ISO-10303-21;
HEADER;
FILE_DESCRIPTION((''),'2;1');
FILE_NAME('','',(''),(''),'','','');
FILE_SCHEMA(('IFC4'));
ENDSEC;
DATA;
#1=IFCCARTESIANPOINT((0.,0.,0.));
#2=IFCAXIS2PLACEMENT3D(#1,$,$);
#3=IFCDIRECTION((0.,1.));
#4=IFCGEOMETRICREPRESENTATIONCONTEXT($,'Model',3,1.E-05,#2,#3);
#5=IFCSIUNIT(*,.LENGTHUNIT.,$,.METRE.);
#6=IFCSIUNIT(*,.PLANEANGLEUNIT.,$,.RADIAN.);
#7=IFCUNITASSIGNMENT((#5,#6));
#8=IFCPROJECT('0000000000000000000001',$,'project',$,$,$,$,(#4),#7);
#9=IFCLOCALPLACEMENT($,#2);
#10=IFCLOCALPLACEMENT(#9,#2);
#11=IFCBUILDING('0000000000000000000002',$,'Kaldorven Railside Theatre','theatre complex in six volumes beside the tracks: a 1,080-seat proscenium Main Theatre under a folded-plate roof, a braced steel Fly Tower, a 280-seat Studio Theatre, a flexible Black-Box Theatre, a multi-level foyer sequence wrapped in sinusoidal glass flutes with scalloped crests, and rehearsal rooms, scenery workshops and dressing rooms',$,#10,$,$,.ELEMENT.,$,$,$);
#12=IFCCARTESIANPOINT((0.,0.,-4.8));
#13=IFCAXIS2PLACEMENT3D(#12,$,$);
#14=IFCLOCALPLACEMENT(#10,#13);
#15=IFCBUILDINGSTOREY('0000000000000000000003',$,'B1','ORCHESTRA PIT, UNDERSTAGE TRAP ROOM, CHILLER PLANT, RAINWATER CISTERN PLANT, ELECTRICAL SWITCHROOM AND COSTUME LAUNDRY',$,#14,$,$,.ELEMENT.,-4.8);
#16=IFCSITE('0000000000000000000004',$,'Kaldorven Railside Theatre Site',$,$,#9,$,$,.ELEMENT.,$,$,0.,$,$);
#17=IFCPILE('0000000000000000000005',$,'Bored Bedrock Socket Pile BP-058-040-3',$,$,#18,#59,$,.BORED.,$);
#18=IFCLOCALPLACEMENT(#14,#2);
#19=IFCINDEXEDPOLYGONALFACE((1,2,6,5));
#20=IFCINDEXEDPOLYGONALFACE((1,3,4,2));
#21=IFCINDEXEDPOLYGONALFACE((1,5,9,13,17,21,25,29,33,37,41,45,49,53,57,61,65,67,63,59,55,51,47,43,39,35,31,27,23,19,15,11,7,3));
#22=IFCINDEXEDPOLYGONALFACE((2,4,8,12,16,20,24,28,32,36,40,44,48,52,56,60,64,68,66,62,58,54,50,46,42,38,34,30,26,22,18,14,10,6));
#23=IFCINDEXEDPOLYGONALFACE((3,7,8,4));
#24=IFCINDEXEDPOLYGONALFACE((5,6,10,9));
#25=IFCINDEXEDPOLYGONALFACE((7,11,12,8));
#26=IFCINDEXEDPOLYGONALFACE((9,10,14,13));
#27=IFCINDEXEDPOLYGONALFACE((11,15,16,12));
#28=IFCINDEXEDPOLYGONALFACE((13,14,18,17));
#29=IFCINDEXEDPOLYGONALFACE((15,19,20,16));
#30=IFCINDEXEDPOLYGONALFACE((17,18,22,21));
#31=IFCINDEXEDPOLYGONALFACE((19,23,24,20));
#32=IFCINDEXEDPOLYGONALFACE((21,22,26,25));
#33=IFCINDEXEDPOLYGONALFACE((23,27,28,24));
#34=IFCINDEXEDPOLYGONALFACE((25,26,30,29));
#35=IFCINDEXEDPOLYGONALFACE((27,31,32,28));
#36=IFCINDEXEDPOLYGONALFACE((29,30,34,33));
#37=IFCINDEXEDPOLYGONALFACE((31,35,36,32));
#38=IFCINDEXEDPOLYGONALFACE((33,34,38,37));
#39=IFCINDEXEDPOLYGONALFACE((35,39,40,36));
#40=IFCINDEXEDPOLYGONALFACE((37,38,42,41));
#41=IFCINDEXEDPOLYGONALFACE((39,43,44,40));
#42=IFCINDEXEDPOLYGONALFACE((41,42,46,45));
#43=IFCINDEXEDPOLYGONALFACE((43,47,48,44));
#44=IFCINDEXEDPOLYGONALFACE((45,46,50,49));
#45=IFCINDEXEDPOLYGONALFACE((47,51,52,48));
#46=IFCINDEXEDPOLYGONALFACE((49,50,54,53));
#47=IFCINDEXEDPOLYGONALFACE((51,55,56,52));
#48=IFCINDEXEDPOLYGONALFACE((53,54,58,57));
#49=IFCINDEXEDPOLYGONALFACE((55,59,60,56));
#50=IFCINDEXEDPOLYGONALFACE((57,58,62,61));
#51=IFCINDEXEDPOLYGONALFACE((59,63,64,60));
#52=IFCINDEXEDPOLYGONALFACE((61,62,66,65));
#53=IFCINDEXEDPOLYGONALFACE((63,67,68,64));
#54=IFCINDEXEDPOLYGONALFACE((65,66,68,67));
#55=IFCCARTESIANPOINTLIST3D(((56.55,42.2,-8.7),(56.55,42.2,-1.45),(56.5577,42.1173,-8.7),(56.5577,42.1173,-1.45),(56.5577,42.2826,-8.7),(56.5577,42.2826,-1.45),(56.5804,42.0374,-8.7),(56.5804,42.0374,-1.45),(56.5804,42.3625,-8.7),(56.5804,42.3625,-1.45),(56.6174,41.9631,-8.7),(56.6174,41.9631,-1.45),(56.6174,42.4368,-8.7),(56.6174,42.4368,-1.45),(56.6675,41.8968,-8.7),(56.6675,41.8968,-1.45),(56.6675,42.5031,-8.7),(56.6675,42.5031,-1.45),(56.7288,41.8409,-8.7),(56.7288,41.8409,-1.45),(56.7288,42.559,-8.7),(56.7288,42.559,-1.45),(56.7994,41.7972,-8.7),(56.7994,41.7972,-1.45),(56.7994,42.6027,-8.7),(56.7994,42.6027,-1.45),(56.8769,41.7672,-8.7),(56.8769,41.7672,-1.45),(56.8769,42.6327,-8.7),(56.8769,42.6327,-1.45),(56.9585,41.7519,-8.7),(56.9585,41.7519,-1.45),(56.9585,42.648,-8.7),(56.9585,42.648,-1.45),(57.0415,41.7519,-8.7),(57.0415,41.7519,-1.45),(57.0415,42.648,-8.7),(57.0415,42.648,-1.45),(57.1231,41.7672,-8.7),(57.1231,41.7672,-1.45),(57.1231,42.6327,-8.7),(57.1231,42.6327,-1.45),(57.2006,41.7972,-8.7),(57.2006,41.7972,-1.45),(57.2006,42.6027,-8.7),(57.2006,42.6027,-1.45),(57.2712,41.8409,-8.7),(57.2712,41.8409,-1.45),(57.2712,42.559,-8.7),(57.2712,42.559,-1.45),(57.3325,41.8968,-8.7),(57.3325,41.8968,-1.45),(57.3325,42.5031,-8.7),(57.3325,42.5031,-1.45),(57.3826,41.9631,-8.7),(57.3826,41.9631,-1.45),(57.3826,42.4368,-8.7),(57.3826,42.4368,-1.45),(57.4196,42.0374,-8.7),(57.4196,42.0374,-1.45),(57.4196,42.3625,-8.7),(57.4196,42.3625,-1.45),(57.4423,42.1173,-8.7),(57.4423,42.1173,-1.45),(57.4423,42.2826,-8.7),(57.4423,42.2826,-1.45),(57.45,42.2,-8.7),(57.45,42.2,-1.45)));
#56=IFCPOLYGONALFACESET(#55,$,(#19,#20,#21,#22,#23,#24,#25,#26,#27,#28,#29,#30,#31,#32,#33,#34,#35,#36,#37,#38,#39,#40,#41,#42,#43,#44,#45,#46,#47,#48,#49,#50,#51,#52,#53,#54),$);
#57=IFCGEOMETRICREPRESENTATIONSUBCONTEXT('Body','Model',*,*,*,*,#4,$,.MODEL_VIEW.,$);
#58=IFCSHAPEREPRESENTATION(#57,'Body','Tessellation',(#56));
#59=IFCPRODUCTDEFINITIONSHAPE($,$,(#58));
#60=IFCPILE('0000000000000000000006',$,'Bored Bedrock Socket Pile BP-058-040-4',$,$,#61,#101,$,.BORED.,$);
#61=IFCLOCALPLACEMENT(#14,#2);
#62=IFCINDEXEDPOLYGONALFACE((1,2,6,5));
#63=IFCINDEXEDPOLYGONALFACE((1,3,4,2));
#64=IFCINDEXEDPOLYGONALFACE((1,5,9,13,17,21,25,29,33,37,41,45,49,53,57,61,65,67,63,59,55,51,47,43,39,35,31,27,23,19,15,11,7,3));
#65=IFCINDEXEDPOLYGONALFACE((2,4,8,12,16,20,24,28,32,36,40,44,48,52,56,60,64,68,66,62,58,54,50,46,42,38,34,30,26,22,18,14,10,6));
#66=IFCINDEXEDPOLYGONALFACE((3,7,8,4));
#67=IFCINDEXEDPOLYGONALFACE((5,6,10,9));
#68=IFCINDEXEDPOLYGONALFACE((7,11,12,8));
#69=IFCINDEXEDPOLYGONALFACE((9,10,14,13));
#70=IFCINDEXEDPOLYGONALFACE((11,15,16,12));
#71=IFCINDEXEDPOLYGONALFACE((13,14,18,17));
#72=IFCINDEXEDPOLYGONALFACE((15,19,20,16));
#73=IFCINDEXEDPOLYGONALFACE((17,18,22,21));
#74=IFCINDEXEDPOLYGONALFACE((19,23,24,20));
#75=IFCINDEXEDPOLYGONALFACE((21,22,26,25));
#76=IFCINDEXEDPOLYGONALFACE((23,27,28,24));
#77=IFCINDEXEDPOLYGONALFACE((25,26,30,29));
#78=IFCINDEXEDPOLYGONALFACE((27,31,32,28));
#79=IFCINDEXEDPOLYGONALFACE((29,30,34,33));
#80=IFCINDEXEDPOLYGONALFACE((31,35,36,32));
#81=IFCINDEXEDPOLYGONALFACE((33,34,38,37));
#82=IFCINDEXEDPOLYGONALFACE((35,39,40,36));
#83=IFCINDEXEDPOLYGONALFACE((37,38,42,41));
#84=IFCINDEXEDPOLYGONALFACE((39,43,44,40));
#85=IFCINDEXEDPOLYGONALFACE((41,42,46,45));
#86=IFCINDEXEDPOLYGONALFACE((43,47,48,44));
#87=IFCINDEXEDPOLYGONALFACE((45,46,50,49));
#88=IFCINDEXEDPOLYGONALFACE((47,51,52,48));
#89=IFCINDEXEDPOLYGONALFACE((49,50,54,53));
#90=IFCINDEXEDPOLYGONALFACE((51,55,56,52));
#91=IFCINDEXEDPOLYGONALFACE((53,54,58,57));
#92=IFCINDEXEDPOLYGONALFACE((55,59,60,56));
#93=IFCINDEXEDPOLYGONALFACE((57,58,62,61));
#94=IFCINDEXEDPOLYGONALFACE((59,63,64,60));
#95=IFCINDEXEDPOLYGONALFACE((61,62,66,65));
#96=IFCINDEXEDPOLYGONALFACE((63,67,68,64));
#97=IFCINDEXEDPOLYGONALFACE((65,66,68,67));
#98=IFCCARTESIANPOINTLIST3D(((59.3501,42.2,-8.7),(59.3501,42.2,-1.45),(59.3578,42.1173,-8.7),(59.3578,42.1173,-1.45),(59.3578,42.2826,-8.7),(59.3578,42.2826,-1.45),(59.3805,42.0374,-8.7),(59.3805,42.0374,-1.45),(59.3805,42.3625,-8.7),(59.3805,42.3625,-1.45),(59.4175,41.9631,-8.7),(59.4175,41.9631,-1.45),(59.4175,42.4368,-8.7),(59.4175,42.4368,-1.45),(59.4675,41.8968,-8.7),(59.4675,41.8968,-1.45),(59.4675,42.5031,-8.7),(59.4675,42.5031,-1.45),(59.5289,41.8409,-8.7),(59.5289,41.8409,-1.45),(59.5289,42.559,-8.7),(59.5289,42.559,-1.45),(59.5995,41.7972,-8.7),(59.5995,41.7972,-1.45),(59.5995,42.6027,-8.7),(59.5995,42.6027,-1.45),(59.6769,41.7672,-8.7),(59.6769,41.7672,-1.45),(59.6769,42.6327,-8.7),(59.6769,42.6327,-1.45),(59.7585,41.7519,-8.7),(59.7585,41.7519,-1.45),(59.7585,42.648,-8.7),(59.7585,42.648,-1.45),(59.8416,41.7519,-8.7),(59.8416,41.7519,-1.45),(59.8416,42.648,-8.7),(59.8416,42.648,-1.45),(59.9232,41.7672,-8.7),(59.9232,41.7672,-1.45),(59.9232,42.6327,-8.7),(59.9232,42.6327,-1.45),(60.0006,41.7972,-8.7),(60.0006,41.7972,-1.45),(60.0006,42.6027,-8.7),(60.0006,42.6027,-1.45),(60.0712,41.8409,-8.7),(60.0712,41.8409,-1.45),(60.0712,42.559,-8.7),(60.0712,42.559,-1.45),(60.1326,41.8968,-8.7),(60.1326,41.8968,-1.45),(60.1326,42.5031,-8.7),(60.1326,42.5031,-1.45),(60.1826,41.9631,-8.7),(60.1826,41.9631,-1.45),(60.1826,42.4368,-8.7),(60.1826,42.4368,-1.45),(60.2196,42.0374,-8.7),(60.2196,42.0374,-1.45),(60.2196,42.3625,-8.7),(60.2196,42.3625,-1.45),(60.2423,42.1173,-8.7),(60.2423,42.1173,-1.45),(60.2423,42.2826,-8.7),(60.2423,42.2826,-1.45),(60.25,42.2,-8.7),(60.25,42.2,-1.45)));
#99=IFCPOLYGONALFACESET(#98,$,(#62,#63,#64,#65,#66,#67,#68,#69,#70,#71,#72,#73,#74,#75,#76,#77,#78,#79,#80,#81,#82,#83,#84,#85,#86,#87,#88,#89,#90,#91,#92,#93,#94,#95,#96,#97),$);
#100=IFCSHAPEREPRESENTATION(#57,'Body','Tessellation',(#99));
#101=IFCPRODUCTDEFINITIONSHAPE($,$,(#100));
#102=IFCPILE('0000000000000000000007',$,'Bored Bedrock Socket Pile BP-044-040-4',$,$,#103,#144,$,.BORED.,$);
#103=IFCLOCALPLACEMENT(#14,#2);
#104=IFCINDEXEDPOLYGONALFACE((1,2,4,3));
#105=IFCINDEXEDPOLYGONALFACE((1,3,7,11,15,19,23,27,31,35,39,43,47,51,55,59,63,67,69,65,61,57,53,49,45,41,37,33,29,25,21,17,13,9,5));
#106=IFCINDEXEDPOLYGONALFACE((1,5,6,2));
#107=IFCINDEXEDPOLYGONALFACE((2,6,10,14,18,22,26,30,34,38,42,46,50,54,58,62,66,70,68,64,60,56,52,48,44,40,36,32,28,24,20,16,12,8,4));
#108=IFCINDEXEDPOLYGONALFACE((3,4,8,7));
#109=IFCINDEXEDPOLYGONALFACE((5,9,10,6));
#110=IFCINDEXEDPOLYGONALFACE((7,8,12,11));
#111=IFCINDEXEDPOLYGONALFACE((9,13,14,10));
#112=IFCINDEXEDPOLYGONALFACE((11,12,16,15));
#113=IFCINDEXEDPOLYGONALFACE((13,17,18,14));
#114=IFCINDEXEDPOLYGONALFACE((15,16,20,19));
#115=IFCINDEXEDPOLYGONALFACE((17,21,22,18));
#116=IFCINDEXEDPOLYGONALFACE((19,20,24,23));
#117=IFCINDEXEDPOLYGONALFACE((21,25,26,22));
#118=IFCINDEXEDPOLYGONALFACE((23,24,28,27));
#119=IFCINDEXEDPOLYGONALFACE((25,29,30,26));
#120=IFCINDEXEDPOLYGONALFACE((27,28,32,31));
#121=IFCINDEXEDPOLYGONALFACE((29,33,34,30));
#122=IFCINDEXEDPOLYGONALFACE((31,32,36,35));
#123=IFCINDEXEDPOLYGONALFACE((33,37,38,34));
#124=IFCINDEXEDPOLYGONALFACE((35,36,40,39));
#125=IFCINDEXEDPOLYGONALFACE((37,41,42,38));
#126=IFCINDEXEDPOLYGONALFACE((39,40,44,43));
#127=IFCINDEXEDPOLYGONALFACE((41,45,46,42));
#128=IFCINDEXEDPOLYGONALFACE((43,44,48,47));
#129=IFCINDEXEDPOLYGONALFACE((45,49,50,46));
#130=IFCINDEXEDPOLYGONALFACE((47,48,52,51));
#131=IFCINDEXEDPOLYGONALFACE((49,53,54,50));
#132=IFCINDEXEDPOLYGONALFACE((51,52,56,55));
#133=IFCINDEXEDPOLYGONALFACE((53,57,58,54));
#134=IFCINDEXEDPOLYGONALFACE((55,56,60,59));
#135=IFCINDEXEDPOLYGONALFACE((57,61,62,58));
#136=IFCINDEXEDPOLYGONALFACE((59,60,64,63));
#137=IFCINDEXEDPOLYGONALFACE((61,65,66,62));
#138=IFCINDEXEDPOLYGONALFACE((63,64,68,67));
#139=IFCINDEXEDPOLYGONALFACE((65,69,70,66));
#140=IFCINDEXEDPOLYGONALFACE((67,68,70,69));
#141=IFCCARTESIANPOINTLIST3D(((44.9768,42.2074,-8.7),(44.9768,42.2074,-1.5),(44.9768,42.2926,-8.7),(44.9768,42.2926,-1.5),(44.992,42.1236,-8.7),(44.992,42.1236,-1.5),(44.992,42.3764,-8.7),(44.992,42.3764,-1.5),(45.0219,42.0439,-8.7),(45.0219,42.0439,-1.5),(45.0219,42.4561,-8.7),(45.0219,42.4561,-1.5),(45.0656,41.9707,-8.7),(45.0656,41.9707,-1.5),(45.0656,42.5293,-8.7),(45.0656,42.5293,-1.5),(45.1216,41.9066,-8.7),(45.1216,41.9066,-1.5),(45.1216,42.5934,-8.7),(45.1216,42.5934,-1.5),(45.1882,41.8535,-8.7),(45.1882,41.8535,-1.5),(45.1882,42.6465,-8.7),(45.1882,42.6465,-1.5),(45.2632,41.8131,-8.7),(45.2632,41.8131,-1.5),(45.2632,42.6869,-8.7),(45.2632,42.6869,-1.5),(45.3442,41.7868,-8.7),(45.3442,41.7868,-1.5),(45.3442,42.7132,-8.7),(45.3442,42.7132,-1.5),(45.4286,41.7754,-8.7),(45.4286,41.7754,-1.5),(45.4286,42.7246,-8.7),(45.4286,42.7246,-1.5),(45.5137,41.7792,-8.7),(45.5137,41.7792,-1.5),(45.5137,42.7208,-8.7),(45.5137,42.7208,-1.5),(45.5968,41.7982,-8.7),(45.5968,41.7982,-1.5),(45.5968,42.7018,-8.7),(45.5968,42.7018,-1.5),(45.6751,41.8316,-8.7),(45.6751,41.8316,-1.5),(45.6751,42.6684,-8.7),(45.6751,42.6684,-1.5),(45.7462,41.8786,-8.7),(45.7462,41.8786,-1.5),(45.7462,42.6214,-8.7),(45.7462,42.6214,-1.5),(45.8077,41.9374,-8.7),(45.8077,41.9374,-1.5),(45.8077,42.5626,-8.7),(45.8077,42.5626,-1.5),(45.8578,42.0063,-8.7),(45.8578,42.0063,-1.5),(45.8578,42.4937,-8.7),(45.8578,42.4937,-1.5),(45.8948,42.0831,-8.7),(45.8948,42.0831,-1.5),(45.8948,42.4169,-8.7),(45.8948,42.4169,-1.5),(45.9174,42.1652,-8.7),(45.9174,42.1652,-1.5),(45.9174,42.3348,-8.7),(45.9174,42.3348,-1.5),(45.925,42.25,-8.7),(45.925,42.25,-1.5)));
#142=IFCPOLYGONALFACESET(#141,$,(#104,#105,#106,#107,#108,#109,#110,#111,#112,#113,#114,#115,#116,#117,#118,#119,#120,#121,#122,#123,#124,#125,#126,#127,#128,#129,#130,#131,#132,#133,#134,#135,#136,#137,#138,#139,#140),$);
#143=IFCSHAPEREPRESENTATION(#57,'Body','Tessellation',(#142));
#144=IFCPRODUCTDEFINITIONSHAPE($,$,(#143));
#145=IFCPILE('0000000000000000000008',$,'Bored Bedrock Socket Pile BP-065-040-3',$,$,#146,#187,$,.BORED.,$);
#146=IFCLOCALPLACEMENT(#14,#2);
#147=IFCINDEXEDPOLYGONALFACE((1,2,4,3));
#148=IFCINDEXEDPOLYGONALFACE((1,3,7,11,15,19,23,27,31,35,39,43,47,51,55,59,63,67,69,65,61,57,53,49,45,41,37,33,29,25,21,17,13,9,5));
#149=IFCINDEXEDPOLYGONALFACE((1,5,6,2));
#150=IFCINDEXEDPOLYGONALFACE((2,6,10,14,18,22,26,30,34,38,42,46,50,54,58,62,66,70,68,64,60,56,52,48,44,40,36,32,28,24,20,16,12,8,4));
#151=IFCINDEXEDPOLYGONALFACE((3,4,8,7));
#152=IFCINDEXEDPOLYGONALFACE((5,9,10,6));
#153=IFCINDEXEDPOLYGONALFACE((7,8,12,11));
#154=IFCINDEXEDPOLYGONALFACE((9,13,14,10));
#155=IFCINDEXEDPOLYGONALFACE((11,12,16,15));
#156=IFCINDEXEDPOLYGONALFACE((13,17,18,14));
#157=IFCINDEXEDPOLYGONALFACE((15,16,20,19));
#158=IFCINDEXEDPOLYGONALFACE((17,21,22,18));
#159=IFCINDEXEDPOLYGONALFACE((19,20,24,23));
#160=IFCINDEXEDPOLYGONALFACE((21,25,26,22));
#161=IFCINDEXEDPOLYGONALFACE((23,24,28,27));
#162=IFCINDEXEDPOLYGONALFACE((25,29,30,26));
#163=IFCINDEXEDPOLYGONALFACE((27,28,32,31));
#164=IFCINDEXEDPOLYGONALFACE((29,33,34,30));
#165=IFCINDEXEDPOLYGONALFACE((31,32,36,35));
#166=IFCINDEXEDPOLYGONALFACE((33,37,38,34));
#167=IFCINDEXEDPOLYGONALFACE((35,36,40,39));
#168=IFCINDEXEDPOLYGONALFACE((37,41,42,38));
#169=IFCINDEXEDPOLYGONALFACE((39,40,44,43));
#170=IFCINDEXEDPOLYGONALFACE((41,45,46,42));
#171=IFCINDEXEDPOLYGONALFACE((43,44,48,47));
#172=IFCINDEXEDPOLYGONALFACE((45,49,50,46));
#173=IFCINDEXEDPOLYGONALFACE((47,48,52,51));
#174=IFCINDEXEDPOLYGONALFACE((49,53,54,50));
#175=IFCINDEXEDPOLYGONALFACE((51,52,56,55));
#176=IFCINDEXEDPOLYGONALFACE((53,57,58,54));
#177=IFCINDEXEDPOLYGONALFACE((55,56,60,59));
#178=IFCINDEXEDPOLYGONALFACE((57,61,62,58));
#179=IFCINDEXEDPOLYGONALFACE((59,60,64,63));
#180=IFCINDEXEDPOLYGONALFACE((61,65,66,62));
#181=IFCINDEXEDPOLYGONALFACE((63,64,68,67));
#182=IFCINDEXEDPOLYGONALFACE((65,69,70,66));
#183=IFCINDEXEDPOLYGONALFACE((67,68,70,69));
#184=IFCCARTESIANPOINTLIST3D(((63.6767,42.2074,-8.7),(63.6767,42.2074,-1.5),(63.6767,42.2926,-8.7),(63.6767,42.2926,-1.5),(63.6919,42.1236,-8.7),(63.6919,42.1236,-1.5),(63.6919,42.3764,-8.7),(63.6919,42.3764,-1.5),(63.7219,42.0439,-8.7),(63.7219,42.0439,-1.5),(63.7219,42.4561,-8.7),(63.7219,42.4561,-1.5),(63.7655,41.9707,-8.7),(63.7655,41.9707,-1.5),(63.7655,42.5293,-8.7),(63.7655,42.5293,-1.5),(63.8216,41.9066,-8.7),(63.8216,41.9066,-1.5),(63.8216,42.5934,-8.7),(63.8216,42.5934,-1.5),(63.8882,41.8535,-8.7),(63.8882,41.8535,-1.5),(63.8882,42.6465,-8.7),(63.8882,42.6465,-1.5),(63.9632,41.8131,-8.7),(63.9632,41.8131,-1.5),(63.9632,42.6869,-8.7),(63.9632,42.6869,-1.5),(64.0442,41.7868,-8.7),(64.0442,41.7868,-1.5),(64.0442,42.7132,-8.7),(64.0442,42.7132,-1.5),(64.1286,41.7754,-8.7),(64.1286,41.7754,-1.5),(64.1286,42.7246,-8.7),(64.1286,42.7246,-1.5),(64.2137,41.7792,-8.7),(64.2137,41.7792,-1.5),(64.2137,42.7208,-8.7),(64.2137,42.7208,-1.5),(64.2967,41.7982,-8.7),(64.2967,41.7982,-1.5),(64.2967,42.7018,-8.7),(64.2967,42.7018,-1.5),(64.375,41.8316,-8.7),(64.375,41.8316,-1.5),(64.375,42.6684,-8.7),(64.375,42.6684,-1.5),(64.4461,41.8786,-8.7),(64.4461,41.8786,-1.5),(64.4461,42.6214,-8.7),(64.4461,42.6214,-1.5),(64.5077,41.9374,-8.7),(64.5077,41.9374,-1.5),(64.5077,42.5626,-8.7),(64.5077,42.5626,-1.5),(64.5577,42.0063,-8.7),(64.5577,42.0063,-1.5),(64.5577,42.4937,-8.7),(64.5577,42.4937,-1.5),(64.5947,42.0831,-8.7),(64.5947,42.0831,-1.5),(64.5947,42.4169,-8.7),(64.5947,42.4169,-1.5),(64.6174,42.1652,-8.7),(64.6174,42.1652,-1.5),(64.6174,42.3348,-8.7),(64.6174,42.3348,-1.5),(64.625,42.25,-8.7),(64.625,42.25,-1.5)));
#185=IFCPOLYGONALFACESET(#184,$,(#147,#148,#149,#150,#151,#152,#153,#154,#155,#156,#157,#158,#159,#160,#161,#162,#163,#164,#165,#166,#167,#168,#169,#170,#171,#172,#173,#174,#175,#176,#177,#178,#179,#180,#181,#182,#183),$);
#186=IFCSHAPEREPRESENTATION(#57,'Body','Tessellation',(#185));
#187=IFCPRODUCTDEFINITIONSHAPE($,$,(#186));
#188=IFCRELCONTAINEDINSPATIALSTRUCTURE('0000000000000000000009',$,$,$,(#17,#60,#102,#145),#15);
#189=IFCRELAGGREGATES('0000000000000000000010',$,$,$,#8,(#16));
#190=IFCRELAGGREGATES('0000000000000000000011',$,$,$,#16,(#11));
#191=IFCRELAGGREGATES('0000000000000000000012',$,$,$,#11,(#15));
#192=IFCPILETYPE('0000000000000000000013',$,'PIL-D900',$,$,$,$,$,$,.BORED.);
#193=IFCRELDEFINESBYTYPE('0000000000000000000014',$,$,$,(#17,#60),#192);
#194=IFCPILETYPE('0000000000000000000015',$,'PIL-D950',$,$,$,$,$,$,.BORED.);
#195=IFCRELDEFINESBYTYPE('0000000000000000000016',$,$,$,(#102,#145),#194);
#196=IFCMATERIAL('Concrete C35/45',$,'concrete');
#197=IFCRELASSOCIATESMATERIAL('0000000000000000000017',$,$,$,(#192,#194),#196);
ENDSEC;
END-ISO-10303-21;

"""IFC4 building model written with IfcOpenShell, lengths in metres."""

from ifc_helpers import new_model, si_unit, direction, frame, origin, origin_2d, place, context, subcontext, project, spatial, circle, extrude, material, material_profile, profile_set, type_object, element, save


model = new_model("IFC4")

# Units and contexts
model_context = context("Model", 3, precision=1e-05, world=origin(), true_north=direction((0.0, 1.0)))
body_context = subcontext(model_context, "Body", "Model", "MODEL_VIEW")
ifc_project = project(units=[si_unit("LENGTHUNIT", "METRE"), si_unit("PLANEANGLEUNIT", "RADIAN")], contexts=[model_context])

# Site, building, storey
site_placement = place(None, origin())
site = spatial("IfcSite", under=ifc_project, at=site_placement, Name="Kaldorven Railside Theatre Site", CompositionType="ELEMENT", RefElevation=0.0)
building_placement = place(site_placement, origin())
building = spatial("IfcBuilding", under=site, at=building_placement, Name="Kaldorven Railside Theatre", Description="theatre complex in six volumes beside the tracks: a 1,080-seat proscenium Main Theatre under a folded-plate roof, a braced steel Fly Tower, a 280-seat Studio Theatre, a flexible Black-Box Theatre, a multi-level foyer sequence wrapped in sinusoidal glass flutes with scalloped crests, and rehearsal rooms, scenery workshops and dressing rooms", CompositionType="ELEMENT")
storey_placement = place(building_placement, frame((0.0, 0.0, -4.8)))
storey = spatial("IfcBuildingStorey", under=building, at=storey_placement, Name="B1", Description="ORCHESTRA PIT, UNDERSTAGE TRAP ROOM, CHILLER PLANT, RAINWATER CISTERN PLANT, ELECTRICAL SWITCHROOM AND COSTUME LAUNDRY", CompositionType="ELEMENT", Elevation=-4.8)

# Piles
ifc_material_1 = material(Name="Concrete C35/45", Category="concrete")
ifc_material_profile_1 = material_profile(ifc_material_1, circle(Radius=0.45, at=origin_2d()), Name="BP D900")
ifc_profile_set_1 = profile_set([ifc_material_profile_1], Name="Concrete C35/45")
pile_type_1 = type_object("IfcPileType", Name="PIL-D900", PredefinedType="BORED", material=ifc_profile_set_1)
for number, where, z_axis, x_axis, name in (
    (1, (57.0, 42.2, -1.45), (0.0, 0.0, -1.0), (1.0, 0.0, 0.0), "Bored Bedrock Socket Pile BP-058-040-3"),
    (2, (59.8, 42.2, -1.45), (0.0, 0.0, -1.0), (1.0, 0.0, 0.0), "Bored Bedrock Socket Pile BP-058-040-4"),
):
    element("IfcPile", number, at=place(storey_placement, frame(where, z_axis=z_axis, x_axis=x_axis)), inside=storey, type_object=pile_type_1, Name=name, PredefinedType="BORED", context=body_context, shape_type="SweptSolid", body=[
        extrude(circle(Radius=0.45, at=origin_2d()), origin(), (0.0, 0.0, 1.0), 7.25),
    ])
ifc_material_profile_2 = material_profile(ifc_material_1, circle(Radius=0.4751, at=origin_2d()), Name="BP D950")
ifc_profile_set_2 = profile_set([ifc_material_profile_2], Name="Concrete C35/45")
pile_type_2 = type_object("IfcPileType", Name="PIL-D950", PredefinedType="BORED", material=ifc_profile_set_2)
for number, where, z_axis, x_axis, name in (
    (3, (45.45, 42.25, -1.5), (0.0, 0.0, -1.0), (1.0, 0.0, 0.0), "Bored Bedrock Socket Pile BP-044-040-4"),
    (4, (64.1499, 42.25, -1.5), (0.0, 0.0, -1.0), (1.0, 0.0, 0.0), "Bored Bedrock Socket Pile BP-065-040-3"),
):
    element("IfcPile", number, at=place(storey_placement, frame(where, z_axis=z_axis, x_axis=x_axis)), inside=storey, type_object=pile_type_2, Name=name, PredefinedType="BORED", context=body_context, shape_type="SweptSolid", body=[
        extrude(circle(Radius=0.4751, at=origin_2d()), origin(), (0.0, 0.0, 1.0), 7.2),
    ])

save(model, "model.ifc")
